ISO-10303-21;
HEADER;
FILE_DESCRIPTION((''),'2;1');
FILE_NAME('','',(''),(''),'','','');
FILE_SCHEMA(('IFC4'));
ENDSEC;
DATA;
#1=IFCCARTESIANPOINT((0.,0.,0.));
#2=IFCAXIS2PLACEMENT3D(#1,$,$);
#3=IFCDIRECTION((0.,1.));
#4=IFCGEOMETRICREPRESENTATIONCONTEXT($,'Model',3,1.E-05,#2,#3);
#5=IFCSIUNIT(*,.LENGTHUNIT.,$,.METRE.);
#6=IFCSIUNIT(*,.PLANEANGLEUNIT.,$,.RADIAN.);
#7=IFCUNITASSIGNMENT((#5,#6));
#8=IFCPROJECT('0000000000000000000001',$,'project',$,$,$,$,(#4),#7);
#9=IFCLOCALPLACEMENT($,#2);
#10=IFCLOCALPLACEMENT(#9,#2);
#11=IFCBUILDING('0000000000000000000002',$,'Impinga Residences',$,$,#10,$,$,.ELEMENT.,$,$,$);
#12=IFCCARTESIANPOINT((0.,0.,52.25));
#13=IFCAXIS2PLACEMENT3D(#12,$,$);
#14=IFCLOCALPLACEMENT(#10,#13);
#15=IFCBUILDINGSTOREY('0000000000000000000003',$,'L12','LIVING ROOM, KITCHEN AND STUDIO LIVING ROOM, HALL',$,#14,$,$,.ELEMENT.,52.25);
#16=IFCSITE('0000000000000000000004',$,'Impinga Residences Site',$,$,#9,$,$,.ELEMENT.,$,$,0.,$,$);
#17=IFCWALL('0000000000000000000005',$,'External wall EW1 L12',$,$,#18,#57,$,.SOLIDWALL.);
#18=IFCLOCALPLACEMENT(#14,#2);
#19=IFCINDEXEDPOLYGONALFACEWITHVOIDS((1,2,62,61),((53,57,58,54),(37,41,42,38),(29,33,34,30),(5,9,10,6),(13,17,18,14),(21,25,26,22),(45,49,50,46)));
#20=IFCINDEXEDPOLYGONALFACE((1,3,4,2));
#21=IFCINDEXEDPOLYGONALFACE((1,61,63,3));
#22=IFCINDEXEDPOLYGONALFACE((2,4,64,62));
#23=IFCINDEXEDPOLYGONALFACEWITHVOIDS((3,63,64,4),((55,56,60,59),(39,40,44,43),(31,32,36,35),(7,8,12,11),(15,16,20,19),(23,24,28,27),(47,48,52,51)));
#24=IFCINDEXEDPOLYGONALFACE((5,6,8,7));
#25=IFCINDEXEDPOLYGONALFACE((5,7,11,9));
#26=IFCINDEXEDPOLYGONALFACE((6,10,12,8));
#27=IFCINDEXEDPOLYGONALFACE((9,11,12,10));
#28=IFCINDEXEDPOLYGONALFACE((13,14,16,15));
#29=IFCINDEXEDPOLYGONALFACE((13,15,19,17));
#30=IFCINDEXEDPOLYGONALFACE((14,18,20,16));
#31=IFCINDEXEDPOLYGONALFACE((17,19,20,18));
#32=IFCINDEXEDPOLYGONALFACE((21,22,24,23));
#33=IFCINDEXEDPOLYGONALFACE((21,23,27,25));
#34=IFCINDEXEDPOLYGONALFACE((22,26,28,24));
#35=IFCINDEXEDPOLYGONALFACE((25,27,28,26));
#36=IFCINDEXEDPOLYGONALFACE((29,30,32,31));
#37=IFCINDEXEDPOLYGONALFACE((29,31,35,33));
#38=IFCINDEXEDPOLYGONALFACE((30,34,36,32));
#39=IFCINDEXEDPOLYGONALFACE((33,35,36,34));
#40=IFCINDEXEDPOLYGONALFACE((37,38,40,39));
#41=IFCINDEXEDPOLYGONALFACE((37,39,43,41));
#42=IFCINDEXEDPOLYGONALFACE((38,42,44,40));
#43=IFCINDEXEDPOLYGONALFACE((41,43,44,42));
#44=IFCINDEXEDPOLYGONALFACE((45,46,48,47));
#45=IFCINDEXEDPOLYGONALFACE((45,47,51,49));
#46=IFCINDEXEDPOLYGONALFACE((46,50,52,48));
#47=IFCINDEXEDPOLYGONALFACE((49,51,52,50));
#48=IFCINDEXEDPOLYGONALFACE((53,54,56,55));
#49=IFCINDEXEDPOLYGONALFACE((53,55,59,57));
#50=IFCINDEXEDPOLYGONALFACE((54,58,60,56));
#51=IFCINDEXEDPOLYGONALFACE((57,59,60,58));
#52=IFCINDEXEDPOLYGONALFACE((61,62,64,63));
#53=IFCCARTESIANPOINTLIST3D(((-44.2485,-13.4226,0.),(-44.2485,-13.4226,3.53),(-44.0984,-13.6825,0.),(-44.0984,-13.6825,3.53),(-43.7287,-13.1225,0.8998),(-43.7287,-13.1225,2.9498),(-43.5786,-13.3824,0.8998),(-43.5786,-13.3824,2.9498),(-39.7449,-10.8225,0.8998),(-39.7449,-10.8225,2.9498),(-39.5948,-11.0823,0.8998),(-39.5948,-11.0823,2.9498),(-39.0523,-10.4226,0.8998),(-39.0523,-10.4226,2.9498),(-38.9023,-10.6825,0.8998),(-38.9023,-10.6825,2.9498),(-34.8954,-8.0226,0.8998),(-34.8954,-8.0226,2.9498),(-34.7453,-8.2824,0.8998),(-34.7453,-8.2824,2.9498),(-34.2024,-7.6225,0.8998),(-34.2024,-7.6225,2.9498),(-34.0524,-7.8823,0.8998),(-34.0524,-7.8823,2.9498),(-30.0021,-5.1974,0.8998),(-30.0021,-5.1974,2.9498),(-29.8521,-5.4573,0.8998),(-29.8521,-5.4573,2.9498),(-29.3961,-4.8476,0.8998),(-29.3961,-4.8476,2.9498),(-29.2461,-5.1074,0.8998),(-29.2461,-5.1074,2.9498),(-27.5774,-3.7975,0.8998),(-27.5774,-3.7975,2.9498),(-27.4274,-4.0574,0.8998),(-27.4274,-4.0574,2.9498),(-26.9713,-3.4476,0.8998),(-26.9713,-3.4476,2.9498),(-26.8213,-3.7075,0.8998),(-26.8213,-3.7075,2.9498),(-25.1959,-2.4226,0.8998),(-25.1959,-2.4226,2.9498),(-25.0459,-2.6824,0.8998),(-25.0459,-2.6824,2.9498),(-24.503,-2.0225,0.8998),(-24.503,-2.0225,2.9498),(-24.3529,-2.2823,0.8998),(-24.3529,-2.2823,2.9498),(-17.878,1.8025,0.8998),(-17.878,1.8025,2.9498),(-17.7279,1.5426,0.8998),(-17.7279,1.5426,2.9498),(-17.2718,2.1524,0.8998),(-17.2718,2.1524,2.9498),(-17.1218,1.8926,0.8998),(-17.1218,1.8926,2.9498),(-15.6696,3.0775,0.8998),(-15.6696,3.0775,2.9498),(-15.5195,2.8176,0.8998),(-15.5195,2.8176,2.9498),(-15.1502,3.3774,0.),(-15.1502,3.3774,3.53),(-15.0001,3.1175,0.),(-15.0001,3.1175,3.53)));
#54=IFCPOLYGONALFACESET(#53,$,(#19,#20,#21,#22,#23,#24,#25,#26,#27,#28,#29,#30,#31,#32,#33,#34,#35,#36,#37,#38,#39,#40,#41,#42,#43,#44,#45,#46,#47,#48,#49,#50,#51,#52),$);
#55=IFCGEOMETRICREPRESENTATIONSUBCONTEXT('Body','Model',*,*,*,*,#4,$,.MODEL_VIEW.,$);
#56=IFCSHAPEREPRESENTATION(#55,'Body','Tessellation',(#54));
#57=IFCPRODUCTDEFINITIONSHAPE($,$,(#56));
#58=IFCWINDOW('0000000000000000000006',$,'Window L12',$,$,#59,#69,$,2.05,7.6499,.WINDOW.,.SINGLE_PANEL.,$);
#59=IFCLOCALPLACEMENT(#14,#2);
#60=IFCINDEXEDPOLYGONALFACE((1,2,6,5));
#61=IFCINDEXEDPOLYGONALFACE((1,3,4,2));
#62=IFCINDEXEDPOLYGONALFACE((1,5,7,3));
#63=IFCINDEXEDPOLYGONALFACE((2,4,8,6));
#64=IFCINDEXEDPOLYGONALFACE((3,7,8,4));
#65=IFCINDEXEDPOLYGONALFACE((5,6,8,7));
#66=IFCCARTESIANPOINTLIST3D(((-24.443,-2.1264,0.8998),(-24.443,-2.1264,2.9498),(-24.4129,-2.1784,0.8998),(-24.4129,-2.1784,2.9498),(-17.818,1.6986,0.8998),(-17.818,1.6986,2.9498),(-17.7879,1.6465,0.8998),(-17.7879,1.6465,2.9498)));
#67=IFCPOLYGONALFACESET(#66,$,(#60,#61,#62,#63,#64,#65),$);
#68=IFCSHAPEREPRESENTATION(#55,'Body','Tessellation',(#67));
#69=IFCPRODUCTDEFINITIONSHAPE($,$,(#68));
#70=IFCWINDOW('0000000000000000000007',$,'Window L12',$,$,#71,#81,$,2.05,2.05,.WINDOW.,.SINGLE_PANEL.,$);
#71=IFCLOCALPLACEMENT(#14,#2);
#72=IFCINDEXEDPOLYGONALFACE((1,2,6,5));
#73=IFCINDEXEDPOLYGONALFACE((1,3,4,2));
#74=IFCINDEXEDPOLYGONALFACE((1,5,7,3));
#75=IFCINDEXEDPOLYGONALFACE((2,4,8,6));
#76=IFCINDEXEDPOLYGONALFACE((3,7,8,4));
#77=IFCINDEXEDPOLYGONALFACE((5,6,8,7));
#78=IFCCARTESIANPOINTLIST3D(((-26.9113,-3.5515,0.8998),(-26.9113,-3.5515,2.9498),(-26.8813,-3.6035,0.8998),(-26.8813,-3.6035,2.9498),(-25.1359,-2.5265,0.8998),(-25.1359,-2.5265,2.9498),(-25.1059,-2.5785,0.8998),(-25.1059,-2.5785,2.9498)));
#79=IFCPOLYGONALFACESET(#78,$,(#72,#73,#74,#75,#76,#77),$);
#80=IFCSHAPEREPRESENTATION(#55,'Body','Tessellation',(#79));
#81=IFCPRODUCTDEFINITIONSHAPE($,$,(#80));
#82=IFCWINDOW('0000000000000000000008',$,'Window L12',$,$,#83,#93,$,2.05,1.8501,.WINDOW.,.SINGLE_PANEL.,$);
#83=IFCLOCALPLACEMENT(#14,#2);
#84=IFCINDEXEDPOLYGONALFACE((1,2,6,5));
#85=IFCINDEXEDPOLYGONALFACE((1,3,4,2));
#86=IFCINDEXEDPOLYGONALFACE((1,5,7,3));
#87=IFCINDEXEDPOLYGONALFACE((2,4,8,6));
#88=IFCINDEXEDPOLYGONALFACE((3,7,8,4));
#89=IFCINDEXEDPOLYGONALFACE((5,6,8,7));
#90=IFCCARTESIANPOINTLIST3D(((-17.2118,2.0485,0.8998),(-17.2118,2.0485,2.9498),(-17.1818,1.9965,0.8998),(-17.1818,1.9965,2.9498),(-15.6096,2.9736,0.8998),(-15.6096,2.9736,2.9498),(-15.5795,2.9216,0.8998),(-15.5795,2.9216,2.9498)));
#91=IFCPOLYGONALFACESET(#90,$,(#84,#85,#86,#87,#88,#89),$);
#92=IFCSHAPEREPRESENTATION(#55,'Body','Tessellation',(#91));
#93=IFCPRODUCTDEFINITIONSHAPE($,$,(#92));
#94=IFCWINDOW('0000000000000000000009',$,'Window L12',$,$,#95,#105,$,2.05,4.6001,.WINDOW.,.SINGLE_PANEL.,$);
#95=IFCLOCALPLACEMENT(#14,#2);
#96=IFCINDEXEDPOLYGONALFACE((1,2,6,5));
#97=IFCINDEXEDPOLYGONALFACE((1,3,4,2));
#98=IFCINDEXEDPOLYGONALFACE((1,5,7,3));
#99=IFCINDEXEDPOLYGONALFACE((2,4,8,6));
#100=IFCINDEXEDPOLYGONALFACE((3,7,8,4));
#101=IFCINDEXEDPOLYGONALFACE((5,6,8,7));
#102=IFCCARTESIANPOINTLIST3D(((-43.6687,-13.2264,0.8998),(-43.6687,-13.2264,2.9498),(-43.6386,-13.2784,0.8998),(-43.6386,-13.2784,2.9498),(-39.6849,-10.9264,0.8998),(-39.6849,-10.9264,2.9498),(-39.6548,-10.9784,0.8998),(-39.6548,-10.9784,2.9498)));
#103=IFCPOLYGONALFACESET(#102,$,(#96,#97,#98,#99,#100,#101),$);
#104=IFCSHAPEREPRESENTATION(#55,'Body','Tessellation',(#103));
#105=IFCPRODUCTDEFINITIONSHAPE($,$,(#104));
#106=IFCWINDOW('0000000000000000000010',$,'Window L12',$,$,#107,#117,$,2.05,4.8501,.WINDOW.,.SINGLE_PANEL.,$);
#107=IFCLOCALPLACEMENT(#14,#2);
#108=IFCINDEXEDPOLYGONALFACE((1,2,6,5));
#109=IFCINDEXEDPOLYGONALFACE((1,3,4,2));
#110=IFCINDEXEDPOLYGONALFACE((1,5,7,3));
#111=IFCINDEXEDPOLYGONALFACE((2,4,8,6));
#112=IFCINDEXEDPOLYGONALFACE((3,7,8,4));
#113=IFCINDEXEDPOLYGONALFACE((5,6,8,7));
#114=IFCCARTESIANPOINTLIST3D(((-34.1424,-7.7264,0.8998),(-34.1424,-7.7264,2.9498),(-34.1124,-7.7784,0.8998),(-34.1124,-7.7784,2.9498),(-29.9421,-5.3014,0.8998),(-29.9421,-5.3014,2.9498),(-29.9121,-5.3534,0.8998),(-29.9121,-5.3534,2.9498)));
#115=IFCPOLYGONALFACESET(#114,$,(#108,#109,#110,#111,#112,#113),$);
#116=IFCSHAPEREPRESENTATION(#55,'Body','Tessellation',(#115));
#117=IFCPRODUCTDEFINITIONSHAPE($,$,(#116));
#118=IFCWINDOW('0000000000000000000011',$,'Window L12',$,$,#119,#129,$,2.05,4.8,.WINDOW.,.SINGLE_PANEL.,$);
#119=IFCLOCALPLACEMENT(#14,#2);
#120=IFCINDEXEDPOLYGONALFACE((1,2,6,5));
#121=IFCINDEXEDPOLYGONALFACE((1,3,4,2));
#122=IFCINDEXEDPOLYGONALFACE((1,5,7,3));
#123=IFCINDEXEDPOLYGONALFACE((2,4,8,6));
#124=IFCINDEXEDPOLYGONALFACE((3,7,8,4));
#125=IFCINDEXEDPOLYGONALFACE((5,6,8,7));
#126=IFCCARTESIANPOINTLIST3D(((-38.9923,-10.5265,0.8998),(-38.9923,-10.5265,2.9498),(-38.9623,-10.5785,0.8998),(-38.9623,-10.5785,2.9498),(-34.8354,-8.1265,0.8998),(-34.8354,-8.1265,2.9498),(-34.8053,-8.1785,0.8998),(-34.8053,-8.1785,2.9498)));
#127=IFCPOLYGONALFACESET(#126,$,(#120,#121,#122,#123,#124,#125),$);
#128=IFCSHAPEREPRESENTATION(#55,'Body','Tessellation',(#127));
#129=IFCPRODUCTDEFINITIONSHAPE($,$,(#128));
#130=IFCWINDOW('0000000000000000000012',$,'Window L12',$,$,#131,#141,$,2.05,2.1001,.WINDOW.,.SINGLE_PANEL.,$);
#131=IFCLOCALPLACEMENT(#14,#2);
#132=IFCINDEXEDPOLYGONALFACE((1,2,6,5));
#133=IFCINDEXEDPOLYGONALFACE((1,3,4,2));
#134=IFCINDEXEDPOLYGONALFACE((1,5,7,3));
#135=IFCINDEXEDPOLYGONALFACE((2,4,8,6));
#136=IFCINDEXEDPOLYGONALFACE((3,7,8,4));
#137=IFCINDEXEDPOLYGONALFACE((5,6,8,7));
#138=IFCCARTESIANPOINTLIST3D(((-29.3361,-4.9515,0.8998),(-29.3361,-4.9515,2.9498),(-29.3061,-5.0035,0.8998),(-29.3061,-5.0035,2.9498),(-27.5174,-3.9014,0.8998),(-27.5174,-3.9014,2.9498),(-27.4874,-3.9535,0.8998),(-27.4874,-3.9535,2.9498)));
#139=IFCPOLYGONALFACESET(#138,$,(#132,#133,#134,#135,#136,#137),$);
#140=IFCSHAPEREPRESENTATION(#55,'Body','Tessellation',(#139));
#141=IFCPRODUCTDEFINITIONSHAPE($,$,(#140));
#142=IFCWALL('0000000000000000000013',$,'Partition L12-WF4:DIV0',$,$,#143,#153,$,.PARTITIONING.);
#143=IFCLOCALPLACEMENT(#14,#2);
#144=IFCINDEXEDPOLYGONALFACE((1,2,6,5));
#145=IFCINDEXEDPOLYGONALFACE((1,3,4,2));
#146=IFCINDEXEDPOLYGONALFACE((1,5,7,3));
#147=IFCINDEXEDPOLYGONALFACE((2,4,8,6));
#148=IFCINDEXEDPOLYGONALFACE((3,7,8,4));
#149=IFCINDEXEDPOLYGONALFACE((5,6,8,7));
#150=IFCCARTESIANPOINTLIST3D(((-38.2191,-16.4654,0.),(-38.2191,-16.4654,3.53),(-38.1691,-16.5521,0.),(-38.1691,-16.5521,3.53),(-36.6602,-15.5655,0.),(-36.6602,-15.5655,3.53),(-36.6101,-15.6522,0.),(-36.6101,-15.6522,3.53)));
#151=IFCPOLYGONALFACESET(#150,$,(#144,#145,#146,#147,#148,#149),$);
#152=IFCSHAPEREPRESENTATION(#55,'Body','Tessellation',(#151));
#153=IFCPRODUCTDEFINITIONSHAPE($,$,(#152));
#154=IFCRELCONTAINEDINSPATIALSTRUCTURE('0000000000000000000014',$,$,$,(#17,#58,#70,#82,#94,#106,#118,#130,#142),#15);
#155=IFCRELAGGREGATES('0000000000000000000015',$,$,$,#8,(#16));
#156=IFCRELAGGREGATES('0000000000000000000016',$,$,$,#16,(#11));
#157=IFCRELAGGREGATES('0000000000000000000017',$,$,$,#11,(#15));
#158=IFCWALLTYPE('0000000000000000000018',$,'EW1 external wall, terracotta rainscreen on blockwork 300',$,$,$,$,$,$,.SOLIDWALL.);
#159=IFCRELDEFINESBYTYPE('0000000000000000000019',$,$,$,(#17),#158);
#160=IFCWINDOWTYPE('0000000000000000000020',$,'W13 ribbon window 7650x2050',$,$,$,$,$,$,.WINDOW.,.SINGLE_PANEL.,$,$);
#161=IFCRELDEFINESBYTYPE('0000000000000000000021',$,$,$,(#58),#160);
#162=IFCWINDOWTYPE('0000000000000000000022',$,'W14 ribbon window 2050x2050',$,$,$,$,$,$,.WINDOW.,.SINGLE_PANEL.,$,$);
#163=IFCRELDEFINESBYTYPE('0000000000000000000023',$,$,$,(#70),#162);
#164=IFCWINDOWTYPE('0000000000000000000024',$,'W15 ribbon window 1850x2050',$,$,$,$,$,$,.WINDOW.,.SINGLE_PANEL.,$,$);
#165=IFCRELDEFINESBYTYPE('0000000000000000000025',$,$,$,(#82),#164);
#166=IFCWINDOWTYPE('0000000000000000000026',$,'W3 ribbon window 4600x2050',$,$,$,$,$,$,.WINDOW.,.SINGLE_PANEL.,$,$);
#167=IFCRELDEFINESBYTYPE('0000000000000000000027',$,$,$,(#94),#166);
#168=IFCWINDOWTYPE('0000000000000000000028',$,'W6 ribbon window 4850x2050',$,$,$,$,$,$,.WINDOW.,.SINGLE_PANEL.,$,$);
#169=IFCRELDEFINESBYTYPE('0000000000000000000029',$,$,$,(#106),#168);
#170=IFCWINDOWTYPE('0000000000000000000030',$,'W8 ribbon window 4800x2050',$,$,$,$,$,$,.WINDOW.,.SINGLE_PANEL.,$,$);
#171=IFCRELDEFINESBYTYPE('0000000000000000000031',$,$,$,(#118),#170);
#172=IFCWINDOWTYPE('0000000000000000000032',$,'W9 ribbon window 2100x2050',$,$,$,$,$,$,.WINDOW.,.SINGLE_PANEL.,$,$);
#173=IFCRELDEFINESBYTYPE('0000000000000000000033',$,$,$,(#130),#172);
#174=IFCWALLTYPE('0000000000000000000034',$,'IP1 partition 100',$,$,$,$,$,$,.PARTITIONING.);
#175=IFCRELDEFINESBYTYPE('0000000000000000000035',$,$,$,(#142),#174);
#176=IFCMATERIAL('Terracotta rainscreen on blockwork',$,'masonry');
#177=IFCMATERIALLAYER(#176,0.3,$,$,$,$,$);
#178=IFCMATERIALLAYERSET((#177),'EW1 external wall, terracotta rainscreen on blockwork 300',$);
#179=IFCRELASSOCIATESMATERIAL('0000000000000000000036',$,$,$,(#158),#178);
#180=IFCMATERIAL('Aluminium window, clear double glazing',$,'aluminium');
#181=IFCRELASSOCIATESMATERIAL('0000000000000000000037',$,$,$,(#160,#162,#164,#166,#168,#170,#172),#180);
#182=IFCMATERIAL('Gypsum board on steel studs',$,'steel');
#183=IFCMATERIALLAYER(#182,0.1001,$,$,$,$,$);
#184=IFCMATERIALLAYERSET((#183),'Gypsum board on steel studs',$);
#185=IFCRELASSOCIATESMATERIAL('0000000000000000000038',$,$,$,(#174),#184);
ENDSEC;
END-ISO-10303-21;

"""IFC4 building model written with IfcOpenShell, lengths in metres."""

from ifc_helpers import new_model, si_unit, direction, frame, frame_2d, origin, place, context, subcontext, project, spatial, rectangle, extrude, material, layer, layer_set, type_object, element, fill, save


model = new_model("IFC4")

# Units and contexts
model_context = context("Model", 3, precision=1e-05, world=origin(), true_north=direction((0.0, 1.0)))
body_context = subcontext(model_context, "Body", "Model", "MODEL_VIEW")
ifc_project = project(units=[si_unit("LENGTHUNIT", "METRE"), si_unit("PLANEANGLEUNIT", "RADIAN")], contexts=[model_context])

# Site, building, storey
site_placement = place(None, origin())
site = spatial("IfcSite", under=ifc_project, at=site_placement, Name="Impinga Residences Site", CompositionType="ELEMENT", RefElevation=0.0)
building_placement = place(site_placement, origin())
building = spatial("IfcBuilding", under=site, at=building_placement, Name="Impinga Residences", CompositionType="ELEMENT")
storey_placement = place(building_placement, frame((0.0, 0.0, 52.25)))
storey = spatial("IfcBuildingStorey", under=building, at=storey_placement, Name="L12", Description="LIVING ROOM, KITCHEN AND STUDIO LIVING ROOM, HALL", CompositionType="ELEMENT", Elevation=52.25)

# Shared definitions
ifc_material_1 = material(Name="Terracotta rainscreen on blockwork", Category="masonry")
ifc_layer_1 = layer(ifc_material_1, 0.3)
ifc_layer_set_1 = layer_set([ifc_layer_1], Name="EW1 external wall, terracotta rainscreen on blockwork 300")
wall_type_1 = type_object("IfcWallType", Name="EW1 external wall, terracotta rainscreen on blockwork 300", PredefinedType="SOLIDWALL", material=ifc_layer_set_1)

# Wall, openings, windows
wall_1_placement = place(storey_placement, frame((-44.1733, -13.5525, 0.0), z_axis=(0.0, 0.0, 1.0), x_axis=(0.866024, 0.500002, 0.0)))
wall_1 = element("IfcWall", 1, at=wall_1_placement, inside=storey, type_object=wall_type_1, Name="External wall EW1 L12", PredefinedType="SOLIDWALL", context=body_context, shape_type="SweptSolid", body=[
    extrude(rectangle(XDim=33.5999, YDim=0.3, at=frame_2d((16.7998, 0.0))), origin(), (0.0, 0.0, 1.0), 3.53),
])
opening_1_placement = place(wall_1_placement, frame((0.6001, 0.0, 0.8999)))
opening_1 = element("IfcOpeningElement", 2, at=opening_1_placement, cuts=wall_1, PredefinedType="OPENING", context=body_context, shape_type="SweptSolid", body=[
    extrude(rectangle(XDim=4.6001, YDim=2.05, at=frame_2d((2.3, 1.0249))), frame((0.0, 0.1599, 0.0), z_axis=(0.0, -1.0, 0.0), x_axis=(1.0, 0.0, 0.0)), (0.0, 0.0, 1.0), 0.3201),
])
opening_2_placement = place(wall_1_placement, frame((6.0, 0.0, 0.8999)))
opening_2 = element("IfcOpeningElement", 3, at=opening_2_placement, cuts=wall_1, PredefinedType="OPENING", context=body_context, shape_type="SweptSolid", body=[
    extrude(rectangle(XDim=4.8, YDim=2.05, at=frame_2d((2.3999, 1.0249))), frame((0.0, 0.1599, 0.0), z_axis=(0.0, -1.0, 0.0), x_axis=(1.0, 0.0, 0.0)), (0.0, 0.0, 1.0), 0.3201),
])
opening_3_placement = place(wall_1_placement, frame((11.6001, 0.0, 0.8999)))
opening_3 = element("IfcOpeningElement", 4, at=opening_3_placement, cuts=wall_1, PredefinedType="OPENING", context=body_context, shape_type="SweptSolid", body=[
    extrude(rectangle(XDim=4.8501, YDim=2.05, at=frame_2d((2.425, 1.0249))), frame((0.0, 0.1599, 0.0), z_axis=(0.0, -1.0, 0.0), x_axis=(1.0, 0.0, 0.0)), (0.0, 0.0, 1.0), 0.3201),
])
opening_4_placement = place(wall_1_placement, frame((17.1499, 0.0, 0.8999)))
opening_4 = element("IfcOpeningElement", 5, at=opening_4_placement, cuts=wall_1, PredefinedType="OPENING", context=body_context, shape_type="SweptSolid", body=[
    extrude(rectangle(XDim=2.1001, YDim=2.05, at=frame_2d((1.05, 1.0249))), frame((0.0, 0.1599, 0.0), z_axis=(0.0, -1.0, 0.0), x_axis=(1.0, 0.0, 0.0)), (0.0, 0.0, 1.0), 0.3201),
])
opening_5_placement = place(wall_1_placement, frame((19.95, 0.0, 0.8999)))
opening_5 = element("IfcOpeningElement", 6, at=opening_5_placement, cuts=wall_1, PredefinedType="OPENING", context=body_context, shape_type="SweptSolid", body=[
    extrude(rectangle(XDim=2.05, YDim=2.05, at=frame_2d((1.0249, 1.0249))), frame((0.0, 0.1599, 0.0), z_axis=(0.0, -1.0, 0.0), x_axis=(1.0, 0.0, 0.0)), (0.0, 0.0, 1.0), 0.3201),
])
opening_6_placement = place(wall_1_placement, frame((22.8, 0.0, 0.8999)))
opening_6 = element("IfcOpeningElement", 7, at=opening_6_placement, cuts=wall_1, PredefinedType="OPENING", context=body_context, shape_type="SweptSolid", body=[
    extrude(rectangle(XDim=7.6499, YDim=2.05, at=frame_2d((3.825, 1.0249))), frame((0.0, 0.1599, 0.0), z_axis=(0.0, -1.0, 0.0), x_axis=(1.0, 0.0, 0.0)), (0.0, 0.0, 1.0), 0.3201),
])
opening_7_placement = place(wall_1_placement, frame((31.1499, 0.0, 0.8999)))
opening_7 = element("IfcOpeningElement", 8, at=opening_7_placement, cuts=wall_1, PredefinedType="OPENING", context=body_context, shape_type="SweptSolid", body=[
    extrude(rectangle(XDim=1.8501, YDim=2.05, at=frame_2d((0.925, 1.0249))), frame((0.0, 0.1599, 0.0), z_axis=(0.0, -1.0, 0.0), x_axis=(1.0, 0.0, 0.0)), (0.0, 0.0, 1.0), 0.3201),
])
ifc_material_2 = material(Name="Aluminium window, clear double glazing", Category="aluminium")
window_type_1 = type_object("IfcWindowType", Name="W13 ribbon window 7650x2050", PartitioningType="SINGLE_PANEL", PredefinedType="WINDOW", material=ifc_material_2)
window_1_placement = place(opening_6_placement, origin())
window_1 = element("IfcWindow", 9, at=window_1_placement, inside=storey, type_object=window_type_1, Name="Window L12", OverallHeight=2.05, OverallWidth=7.6499, PartitioningType="SINGLE_PANEL", PredefinedType="WINDOW", context=body_context, shape_type="SweptSolid", body=[
    extrude(rectangle(XDim=7.6499, YDim=2.05, at=frame_2d((3.825, 1.0249))), frame((0.0, 0.03, 0.0), z_axis=(0.0, -1.0, 0.0), x_axis=(1.0, 0.0, 0.0)), (0.0, 0.0, 1.0), 0.0601),
])
fill(opening_6, window_1)
window_type_2 = type_object("IfcWindowType", Name="W14 ribbon window 2050x2050", PartitioningType="SINGLE_PANEL", PredefinedType="WINDOW", material=ifc_material_2)
window_2_placement = place(opening_5_placement, origin())
window_2 = element("IfcWindow", 10, at=window_2_placement, inside=storey, type_object=window_type_2, Name="Window L12", OverallHeight=2.05, OverallWidth=2.05, PartitioningType="SINGLE_PANEL", PredefinedType="WINDOW", context=body_context, shape_type="SweptSolid", body=[
    extrude(rectangle(XDim=2.05, YDim=2.05, at=frame_2d((1.0249, 1.0249))), frame((0.0, 0.03, 0.0), z_axis=(0.0, -1.0, 0.0), x_axis=(1.0, 0.0, 0.0)), (0.0, 0.0, 1.0), 0.0601),
])
fill(opening_5, window_2)
window_type_3 = type_object("IfcWindowType", Name="W15 ribbon window 1850x2050", PartitioningType="SINGLE_PANEL", PredefinedType="WINDOW", material=ifc_material_2)
window_3_placement = place(opening_7_placement, origin())
window_3 = element("IfcWindow", 11, at=window_3_placement, inside=storey, type_object=window_type_3, Name="Window L12", OverallHeight=2.05, OverallWidth=1.8501, PartitioningType="SINGLE_PANEL", PredefinedType="WINDOW", context=body_context, shape_type="SweptSolid", body=[
    extrude(rectangle(XDim=1.8501, YDim=2.05, at=frame_2d((0.925, 1.0249))), frame((0.0, 0.03, 0.0), z_axis=(0.0, -1.0, 0.0), x_axis=(1.0, 0.0, 0.0)), (0.0, 0.0, 1.0), 0.0601),
])
fill(opening_7, window_3)
window_type_4 = type_object("IfcWindowType", Name="W3 ribbon window 4600x2050", PartitioningType="SINGLE_PANEL", PredefinedType="WINDOW", material=ifc_material_2)
window_4_placement = place(opening_1_placement, origin())
window_4 = element("IfcWindow", 12, at=window_4_placement, inside=storey, type_object=window_type_4, Name="Window L12", OverallHeight=2.05, OverallWidth=4.6001, PartitioningType="SINGLE_PANEL", PredefinedType="WINDOW", context=body_context, shape_type="SweptSolid", body=[
    extrude(rectangle(XDim=4.6001, YDim=2.05, at=frame_2d((2.3, 1.0249))), frame((0.0, 0.03, 0.0), z_axis=(0.0, -1.0, 0.0), x_axis=(1.0, 0.0, 0.0)), (0.0, 0.0, 1.0), 0.0601),
])
fill(opening_1, window_4)
window_type_5 = type_object("IfcWindowType", Name="W6 ribbon window 4850x2050", PartitioningType="SINGLE_PANEL", PredefinedType="WINDOW", material=ifc_material_2)
window_5_placement = place(opening_3_placement, origin())
window_5 = element("IfcWindow", 13, at=window_5_placement, inside=storey, type_object=window_type_5, Name="Window L12", OverallHeight=2.05, OverallWidth=4.8501, PartitioningType="SINGLE_PANEL", PredefinedType="WINDOW", context=body_context, shape_type="SweptSolid", body=[
    extrude(rectangle(XDim=4.8501, YDim=2.05, at=frame_2d((2.425, 1.0249))), frame((0.0, 0.03, 0.0), z_axis=(0.0, -1.0, 0.0), x_axis=(1.0, 0.0, 0.0)), (0.0, 0.0, 1.0), 0.0601),
])
fill(opening_3, window_5)
window_type_6 = type_object("IfcWindowType", Name="W8 ribbon window 4800x2050", PartitioningType="SINGLE_PANEL", PredefinedType="WINDOW", material=ifc_material_2)
window_6_placement = place(opening_2_placement, origin())
window_6 = element("IfcWindow", 14, at=window_6_placement, inside=storey, type_object=window_type_6, Name="Window L12", OverallHeight=2.05, OverallWidth=4.8, PartitioningType="SINGLE_PANEL", PredefinedType="WINDOW", context=body_context, shape_type="SweptSolid", body=[
    extrude(rectangle(XDim=4.8, YDim=2.05, at=frame_2d((2.3999, 1.0249))), frame((0.0, 0.03, 0.0), z_axis=(0.0, -1.0, 0.0), x_axis=(1.0, 0.0, 0.0)), (0.0, 0.0, 1.0), 0.0601),
])
fill(opening_2, window_6)
window_type_7 = type_object("IfcWindowType", Name="W9 ribbon window 2100x2050", PartitioningType="SINGLE_PANEL", PredefinedType="WINDOW", material=ifc_material_2)
window_7_placement = place(opening_4_placement, origin())
window_7 = element("IfcWindow", 15, at=window_7_placement, inside=storey, type_object=window_type_7, Name="Window L12", OverallHeight=2.05, OverallWidth=2.1001, PartitioningType="SINGLE_PANEL", PredefinedType="WINDOW", context=body_context, shape_type="SweptSolid", body=[
    extrude(rectangle(XDim=2.1001, YDim=2.05, at=frame_2d((1.05, 1.0249))), frame((0.0, 0.03, 0.0), z_axis=(0.0, -1.0, 0.0), x_axis=(1.0, 0.0, 0.0)), (0.0, 0.0, 1.0), 0.0601),
])
fill(opening_4, window_7)

# Wall
ifc_material_3 = material(Name="Gypsum board on steel studs", Category="steel")
ifc_layer_2 = layer(ifc_material_3, 0.1001)
ifc_layer_set_2 = layer_set([ifc_layer_2], Name="Gypsum board on steel studs")
wall_type_2 = type_object("IfcWallType", Name="IP1 partition 100", PredefinedType="PARTITIONING", material=ifc_layer_set_2)
wall_2_placement = place(storey_placement, frame((-36.6353, -15.6089, 0.0), z_axis=(0.0, 0.0, 1.0), x_axis=(-0.866048, -0.499961, 0.0)))
element("IfcWall", 16, at=wall_2_placement, inside=storey, type_object=wall_type_2, Name="Partition L12-WF4:DIV0", PredefinedType="PARTITIONING", context=body_context, shape_type="SweptSolid", body=[
    extrude(rectangle(XDim=1.8, YDim=0.1001, at=frame_2d((0.8999, 0.0))), origin(), (0.0, 0.0, 1.0), 3.53),
])

save(model, "model.ifc")
